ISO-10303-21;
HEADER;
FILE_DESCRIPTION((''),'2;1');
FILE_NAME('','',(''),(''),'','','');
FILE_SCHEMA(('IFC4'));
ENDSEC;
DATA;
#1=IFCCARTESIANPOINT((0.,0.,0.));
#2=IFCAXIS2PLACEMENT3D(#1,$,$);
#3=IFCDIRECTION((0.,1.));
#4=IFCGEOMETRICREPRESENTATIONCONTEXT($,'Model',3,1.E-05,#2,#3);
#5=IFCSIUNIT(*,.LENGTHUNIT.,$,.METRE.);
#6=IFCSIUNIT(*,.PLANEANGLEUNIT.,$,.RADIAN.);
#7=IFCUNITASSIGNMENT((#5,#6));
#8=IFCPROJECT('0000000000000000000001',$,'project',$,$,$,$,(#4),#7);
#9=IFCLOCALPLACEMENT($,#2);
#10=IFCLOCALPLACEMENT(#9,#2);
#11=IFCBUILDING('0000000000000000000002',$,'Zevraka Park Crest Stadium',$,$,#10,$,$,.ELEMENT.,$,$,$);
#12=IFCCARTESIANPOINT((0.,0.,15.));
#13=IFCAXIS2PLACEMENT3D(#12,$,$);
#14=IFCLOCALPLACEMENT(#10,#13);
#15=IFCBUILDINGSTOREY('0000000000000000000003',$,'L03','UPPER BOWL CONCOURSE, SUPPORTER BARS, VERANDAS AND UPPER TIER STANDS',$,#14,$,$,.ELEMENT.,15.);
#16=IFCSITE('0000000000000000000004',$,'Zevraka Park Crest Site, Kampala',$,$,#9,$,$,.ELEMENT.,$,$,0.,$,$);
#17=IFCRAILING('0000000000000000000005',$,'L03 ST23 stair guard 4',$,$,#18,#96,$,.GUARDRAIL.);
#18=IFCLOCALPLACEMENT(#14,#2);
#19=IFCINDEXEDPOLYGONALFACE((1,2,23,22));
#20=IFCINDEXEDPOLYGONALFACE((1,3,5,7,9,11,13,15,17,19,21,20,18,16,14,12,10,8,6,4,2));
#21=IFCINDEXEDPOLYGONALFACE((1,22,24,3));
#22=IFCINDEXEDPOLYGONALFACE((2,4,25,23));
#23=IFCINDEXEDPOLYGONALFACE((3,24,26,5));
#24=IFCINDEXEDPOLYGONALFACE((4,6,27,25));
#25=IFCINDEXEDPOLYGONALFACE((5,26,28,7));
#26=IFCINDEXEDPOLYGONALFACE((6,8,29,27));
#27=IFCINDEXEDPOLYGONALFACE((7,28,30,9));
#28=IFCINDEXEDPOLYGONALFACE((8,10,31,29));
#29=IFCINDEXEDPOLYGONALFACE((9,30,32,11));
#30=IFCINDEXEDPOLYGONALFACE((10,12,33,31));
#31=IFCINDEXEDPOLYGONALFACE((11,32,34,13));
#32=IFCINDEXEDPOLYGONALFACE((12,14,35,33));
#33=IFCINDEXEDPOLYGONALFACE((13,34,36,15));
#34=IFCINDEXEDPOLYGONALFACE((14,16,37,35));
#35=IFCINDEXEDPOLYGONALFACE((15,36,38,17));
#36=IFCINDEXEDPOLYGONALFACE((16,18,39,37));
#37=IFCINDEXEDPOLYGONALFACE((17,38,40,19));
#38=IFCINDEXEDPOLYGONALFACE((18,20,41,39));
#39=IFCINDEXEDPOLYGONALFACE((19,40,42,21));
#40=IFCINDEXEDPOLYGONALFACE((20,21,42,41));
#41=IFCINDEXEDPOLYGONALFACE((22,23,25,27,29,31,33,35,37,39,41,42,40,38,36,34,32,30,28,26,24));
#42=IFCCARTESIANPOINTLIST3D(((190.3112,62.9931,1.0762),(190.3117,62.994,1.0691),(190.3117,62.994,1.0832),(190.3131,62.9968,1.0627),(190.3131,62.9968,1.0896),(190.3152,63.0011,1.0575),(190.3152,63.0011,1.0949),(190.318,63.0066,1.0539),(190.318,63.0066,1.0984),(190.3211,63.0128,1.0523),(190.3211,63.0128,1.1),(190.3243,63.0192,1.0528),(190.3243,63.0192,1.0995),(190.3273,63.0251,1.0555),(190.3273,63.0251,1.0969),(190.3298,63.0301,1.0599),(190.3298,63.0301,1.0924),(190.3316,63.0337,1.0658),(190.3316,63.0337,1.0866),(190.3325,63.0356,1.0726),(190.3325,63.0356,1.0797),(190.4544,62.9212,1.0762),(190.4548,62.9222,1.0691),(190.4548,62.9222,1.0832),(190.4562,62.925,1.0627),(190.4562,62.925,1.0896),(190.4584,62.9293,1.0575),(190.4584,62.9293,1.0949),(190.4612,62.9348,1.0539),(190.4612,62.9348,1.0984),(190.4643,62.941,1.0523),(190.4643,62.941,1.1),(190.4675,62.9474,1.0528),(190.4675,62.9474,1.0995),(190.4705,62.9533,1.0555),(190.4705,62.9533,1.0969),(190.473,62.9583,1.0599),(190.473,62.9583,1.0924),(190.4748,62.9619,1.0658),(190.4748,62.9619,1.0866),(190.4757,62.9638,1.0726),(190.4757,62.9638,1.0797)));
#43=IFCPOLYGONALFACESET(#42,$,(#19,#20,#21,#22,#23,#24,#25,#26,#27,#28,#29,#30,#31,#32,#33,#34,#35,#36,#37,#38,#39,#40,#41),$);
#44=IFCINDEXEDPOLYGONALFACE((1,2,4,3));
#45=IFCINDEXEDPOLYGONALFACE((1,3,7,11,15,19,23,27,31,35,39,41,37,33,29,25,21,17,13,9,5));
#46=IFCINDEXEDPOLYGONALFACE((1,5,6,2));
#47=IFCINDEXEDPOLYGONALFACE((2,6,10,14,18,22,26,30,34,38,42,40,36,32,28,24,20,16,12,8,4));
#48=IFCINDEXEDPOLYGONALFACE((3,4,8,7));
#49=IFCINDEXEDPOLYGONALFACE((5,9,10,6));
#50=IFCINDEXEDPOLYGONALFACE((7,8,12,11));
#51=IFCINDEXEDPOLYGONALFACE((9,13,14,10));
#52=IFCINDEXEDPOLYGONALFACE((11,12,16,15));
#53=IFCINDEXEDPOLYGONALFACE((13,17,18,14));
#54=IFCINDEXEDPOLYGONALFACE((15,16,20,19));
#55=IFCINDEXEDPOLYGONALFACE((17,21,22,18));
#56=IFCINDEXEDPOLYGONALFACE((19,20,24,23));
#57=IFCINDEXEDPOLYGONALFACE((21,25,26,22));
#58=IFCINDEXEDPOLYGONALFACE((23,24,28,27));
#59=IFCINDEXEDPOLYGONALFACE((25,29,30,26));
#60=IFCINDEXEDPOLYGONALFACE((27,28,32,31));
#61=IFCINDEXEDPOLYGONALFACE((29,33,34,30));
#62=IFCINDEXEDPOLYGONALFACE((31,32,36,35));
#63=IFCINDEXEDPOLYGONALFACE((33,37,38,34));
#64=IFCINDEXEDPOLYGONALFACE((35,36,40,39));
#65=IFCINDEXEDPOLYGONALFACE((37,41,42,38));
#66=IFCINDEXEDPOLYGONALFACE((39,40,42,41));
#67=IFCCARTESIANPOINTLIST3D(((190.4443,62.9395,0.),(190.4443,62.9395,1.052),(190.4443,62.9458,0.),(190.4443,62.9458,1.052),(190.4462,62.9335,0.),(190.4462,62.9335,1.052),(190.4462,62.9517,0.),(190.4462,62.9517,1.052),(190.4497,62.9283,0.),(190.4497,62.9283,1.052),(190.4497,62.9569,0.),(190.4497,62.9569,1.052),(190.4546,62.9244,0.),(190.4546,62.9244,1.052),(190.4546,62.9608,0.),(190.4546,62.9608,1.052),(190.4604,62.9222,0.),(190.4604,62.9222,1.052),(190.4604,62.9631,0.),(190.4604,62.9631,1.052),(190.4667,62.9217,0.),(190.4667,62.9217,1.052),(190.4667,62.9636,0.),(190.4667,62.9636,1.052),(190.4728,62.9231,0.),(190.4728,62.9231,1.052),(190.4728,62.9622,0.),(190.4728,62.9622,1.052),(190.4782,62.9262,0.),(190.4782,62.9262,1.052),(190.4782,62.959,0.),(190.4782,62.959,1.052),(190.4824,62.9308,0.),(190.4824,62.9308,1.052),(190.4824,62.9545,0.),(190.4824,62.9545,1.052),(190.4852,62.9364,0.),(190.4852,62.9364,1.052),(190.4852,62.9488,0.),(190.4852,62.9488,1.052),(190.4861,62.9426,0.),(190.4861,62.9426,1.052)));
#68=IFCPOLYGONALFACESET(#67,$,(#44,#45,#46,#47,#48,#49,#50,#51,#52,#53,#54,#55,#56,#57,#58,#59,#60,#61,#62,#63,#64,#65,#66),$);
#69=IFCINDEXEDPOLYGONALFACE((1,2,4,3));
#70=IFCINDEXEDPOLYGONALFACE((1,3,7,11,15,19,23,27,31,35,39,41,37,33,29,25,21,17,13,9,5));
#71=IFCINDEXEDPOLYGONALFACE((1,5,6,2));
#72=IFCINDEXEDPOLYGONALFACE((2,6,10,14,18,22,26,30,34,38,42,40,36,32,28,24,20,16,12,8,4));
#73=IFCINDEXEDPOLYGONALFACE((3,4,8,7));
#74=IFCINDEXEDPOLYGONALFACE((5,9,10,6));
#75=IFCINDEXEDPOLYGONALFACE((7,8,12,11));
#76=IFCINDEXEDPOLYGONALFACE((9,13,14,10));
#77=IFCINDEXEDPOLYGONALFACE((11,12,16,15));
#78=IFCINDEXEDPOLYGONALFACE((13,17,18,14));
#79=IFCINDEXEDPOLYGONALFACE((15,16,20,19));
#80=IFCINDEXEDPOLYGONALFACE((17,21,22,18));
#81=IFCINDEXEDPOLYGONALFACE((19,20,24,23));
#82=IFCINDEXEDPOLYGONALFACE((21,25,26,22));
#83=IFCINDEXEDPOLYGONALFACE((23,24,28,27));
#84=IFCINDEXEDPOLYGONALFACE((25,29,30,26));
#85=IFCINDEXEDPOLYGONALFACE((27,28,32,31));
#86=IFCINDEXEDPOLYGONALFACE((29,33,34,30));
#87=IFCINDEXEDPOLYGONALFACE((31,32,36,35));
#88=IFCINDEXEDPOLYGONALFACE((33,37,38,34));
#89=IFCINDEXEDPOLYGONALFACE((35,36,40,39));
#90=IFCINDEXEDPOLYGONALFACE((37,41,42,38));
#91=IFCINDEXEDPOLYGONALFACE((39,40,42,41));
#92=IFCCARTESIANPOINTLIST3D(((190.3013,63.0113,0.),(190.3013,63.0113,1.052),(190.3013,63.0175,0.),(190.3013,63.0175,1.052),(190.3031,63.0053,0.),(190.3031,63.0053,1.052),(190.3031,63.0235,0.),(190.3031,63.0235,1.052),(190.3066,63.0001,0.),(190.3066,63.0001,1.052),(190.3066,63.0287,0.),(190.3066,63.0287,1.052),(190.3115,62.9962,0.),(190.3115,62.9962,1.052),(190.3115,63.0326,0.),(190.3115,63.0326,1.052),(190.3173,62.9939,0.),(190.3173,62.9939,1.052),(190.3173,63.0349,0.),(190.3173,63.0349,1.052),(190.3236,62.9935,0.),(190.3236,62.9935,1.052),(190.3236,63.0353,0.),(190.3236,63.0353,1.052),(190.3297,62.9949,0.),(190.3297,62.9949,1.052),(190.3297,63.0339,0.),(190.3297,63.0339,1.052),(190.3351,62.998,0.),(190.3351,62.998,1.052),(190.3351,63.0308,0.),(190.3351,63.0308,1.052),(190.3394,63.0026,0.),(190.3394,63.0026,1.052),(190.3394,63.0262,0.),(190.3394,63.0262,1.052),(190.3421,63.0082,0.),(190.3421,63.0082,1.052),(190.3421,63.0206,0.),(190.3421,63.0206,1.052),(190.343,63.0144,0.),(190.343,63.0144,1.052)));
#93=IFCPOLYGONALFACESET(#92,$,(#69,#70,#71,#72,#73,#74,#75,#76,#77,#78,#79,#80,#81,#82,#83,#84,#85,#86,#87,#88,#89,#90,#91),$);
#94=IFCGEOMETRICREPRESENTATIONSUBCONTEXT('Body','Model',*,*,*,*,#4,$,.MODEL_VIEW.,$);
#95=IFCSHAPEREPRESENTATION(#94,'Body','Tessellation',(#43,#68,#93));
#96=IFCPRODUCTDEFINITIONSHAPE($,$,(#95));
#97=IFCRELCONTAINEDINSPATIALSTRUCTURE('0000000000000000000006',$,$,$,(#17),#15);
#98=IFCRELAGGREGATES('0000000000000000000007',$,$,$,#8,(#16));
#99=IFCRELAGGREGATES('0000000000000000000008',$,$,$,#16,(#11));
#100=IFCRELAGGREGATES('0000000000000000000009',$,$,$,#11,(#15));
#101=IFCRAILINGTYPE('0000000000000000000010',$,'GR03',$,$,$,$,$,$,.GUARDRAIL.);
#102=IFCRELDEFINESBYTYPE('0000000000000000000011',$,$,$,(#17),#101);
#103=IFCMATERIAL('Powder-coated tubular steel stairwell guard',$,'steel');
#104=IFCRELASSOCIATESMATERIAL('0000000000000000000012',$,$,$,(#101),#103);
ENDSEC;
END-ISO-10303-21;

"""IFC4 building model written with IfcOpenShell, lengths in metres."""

from ifc_helpers import new_model, si_unit, direction, frame, origin, origin_2d, place, context, subcontext, project, spatial, circle, extrude, material, type_object, element, save


model = new_model("IFC4")

# Units and contexts
model_context = context("Model", 3, precision=1e-05, world=origin(), true_north=direction((0.0, 1.0)))
body_context = subcontext(model_context, "Body", "Model", "MODEL_VIEW")
ifc_project = project(units=[si_unit("LENGTHUNIT", "METRE"), si_unit("PLANEANGLEUNIT", "RADIAN")], contexts=[model_context])

# Site, building, storey
site_placement = place(None, origin())
site = spatial("IfcSite", under=ifc_project, at=site_placement, Name="Zevraka Park Crest Site, Kampala", CompositionType="ELEMENT", RefElevation=0.0)
building_placement = place(site_placement, origin())
building = spatial("IfcBuilding", under=site, at=building_placement, Name="Zevraka Park Crest Stadium", CompositionType="ELEMENT")
storey_placement = place(building_placement, frame((0.0, 0.0, 15.0)))
storey = spatial("IfcBuildingStorey", under=building, at=storey_placement, Name="L03", Description="UPPER BOWL CONCOURSE, SUPPORTER BARS, VERANDAS AND UPPER TIER STANDS", CompositionType="ELEMENT", Elevation=15.0)

# Railing
ifc_material_1 = material(Name="Powder-coated tubular steel stairwell guard", Category="steel")
railing_type_1 = type_object("IfcRailingType", Name="GR03", PredefinedType="GUARDRAIL", material=ifc_material_1)
railing_1_placement = place(storey_placement, frame((190.4651, 62.9426, 0.0)))
element("IfcRailing", 1, at=railing_1_placement, inside=storey, type_object=railing_type_1, Name="L03 ST23 stair guard 4", PredefinedType="GUARDRAIL", context=body_context, shape_type="SweptSolid", body=[
    extrude(circle(Radius=0.0239, at=origin_2d()), frame((0.0, 0.0, 1.0762), z_axis=(-0.893816, 0.448433, 0.0), x_axis=(-0.448433, -0.893816, 0.0)), (0.0, 0.0, 1.0), 0.1602),
    extrude(circle(Radius=0.021, at=origin_2d()), origin(), (0.0, 0.0, 1.0), 1.052),
    extrude(circle(Radius=0.021, at=origin_2d()), frame((-0.1431, 0.0718, 0.0)), (0.0, 0.0, 1.0), 1.052),
])

save(model, "model.ifc")
